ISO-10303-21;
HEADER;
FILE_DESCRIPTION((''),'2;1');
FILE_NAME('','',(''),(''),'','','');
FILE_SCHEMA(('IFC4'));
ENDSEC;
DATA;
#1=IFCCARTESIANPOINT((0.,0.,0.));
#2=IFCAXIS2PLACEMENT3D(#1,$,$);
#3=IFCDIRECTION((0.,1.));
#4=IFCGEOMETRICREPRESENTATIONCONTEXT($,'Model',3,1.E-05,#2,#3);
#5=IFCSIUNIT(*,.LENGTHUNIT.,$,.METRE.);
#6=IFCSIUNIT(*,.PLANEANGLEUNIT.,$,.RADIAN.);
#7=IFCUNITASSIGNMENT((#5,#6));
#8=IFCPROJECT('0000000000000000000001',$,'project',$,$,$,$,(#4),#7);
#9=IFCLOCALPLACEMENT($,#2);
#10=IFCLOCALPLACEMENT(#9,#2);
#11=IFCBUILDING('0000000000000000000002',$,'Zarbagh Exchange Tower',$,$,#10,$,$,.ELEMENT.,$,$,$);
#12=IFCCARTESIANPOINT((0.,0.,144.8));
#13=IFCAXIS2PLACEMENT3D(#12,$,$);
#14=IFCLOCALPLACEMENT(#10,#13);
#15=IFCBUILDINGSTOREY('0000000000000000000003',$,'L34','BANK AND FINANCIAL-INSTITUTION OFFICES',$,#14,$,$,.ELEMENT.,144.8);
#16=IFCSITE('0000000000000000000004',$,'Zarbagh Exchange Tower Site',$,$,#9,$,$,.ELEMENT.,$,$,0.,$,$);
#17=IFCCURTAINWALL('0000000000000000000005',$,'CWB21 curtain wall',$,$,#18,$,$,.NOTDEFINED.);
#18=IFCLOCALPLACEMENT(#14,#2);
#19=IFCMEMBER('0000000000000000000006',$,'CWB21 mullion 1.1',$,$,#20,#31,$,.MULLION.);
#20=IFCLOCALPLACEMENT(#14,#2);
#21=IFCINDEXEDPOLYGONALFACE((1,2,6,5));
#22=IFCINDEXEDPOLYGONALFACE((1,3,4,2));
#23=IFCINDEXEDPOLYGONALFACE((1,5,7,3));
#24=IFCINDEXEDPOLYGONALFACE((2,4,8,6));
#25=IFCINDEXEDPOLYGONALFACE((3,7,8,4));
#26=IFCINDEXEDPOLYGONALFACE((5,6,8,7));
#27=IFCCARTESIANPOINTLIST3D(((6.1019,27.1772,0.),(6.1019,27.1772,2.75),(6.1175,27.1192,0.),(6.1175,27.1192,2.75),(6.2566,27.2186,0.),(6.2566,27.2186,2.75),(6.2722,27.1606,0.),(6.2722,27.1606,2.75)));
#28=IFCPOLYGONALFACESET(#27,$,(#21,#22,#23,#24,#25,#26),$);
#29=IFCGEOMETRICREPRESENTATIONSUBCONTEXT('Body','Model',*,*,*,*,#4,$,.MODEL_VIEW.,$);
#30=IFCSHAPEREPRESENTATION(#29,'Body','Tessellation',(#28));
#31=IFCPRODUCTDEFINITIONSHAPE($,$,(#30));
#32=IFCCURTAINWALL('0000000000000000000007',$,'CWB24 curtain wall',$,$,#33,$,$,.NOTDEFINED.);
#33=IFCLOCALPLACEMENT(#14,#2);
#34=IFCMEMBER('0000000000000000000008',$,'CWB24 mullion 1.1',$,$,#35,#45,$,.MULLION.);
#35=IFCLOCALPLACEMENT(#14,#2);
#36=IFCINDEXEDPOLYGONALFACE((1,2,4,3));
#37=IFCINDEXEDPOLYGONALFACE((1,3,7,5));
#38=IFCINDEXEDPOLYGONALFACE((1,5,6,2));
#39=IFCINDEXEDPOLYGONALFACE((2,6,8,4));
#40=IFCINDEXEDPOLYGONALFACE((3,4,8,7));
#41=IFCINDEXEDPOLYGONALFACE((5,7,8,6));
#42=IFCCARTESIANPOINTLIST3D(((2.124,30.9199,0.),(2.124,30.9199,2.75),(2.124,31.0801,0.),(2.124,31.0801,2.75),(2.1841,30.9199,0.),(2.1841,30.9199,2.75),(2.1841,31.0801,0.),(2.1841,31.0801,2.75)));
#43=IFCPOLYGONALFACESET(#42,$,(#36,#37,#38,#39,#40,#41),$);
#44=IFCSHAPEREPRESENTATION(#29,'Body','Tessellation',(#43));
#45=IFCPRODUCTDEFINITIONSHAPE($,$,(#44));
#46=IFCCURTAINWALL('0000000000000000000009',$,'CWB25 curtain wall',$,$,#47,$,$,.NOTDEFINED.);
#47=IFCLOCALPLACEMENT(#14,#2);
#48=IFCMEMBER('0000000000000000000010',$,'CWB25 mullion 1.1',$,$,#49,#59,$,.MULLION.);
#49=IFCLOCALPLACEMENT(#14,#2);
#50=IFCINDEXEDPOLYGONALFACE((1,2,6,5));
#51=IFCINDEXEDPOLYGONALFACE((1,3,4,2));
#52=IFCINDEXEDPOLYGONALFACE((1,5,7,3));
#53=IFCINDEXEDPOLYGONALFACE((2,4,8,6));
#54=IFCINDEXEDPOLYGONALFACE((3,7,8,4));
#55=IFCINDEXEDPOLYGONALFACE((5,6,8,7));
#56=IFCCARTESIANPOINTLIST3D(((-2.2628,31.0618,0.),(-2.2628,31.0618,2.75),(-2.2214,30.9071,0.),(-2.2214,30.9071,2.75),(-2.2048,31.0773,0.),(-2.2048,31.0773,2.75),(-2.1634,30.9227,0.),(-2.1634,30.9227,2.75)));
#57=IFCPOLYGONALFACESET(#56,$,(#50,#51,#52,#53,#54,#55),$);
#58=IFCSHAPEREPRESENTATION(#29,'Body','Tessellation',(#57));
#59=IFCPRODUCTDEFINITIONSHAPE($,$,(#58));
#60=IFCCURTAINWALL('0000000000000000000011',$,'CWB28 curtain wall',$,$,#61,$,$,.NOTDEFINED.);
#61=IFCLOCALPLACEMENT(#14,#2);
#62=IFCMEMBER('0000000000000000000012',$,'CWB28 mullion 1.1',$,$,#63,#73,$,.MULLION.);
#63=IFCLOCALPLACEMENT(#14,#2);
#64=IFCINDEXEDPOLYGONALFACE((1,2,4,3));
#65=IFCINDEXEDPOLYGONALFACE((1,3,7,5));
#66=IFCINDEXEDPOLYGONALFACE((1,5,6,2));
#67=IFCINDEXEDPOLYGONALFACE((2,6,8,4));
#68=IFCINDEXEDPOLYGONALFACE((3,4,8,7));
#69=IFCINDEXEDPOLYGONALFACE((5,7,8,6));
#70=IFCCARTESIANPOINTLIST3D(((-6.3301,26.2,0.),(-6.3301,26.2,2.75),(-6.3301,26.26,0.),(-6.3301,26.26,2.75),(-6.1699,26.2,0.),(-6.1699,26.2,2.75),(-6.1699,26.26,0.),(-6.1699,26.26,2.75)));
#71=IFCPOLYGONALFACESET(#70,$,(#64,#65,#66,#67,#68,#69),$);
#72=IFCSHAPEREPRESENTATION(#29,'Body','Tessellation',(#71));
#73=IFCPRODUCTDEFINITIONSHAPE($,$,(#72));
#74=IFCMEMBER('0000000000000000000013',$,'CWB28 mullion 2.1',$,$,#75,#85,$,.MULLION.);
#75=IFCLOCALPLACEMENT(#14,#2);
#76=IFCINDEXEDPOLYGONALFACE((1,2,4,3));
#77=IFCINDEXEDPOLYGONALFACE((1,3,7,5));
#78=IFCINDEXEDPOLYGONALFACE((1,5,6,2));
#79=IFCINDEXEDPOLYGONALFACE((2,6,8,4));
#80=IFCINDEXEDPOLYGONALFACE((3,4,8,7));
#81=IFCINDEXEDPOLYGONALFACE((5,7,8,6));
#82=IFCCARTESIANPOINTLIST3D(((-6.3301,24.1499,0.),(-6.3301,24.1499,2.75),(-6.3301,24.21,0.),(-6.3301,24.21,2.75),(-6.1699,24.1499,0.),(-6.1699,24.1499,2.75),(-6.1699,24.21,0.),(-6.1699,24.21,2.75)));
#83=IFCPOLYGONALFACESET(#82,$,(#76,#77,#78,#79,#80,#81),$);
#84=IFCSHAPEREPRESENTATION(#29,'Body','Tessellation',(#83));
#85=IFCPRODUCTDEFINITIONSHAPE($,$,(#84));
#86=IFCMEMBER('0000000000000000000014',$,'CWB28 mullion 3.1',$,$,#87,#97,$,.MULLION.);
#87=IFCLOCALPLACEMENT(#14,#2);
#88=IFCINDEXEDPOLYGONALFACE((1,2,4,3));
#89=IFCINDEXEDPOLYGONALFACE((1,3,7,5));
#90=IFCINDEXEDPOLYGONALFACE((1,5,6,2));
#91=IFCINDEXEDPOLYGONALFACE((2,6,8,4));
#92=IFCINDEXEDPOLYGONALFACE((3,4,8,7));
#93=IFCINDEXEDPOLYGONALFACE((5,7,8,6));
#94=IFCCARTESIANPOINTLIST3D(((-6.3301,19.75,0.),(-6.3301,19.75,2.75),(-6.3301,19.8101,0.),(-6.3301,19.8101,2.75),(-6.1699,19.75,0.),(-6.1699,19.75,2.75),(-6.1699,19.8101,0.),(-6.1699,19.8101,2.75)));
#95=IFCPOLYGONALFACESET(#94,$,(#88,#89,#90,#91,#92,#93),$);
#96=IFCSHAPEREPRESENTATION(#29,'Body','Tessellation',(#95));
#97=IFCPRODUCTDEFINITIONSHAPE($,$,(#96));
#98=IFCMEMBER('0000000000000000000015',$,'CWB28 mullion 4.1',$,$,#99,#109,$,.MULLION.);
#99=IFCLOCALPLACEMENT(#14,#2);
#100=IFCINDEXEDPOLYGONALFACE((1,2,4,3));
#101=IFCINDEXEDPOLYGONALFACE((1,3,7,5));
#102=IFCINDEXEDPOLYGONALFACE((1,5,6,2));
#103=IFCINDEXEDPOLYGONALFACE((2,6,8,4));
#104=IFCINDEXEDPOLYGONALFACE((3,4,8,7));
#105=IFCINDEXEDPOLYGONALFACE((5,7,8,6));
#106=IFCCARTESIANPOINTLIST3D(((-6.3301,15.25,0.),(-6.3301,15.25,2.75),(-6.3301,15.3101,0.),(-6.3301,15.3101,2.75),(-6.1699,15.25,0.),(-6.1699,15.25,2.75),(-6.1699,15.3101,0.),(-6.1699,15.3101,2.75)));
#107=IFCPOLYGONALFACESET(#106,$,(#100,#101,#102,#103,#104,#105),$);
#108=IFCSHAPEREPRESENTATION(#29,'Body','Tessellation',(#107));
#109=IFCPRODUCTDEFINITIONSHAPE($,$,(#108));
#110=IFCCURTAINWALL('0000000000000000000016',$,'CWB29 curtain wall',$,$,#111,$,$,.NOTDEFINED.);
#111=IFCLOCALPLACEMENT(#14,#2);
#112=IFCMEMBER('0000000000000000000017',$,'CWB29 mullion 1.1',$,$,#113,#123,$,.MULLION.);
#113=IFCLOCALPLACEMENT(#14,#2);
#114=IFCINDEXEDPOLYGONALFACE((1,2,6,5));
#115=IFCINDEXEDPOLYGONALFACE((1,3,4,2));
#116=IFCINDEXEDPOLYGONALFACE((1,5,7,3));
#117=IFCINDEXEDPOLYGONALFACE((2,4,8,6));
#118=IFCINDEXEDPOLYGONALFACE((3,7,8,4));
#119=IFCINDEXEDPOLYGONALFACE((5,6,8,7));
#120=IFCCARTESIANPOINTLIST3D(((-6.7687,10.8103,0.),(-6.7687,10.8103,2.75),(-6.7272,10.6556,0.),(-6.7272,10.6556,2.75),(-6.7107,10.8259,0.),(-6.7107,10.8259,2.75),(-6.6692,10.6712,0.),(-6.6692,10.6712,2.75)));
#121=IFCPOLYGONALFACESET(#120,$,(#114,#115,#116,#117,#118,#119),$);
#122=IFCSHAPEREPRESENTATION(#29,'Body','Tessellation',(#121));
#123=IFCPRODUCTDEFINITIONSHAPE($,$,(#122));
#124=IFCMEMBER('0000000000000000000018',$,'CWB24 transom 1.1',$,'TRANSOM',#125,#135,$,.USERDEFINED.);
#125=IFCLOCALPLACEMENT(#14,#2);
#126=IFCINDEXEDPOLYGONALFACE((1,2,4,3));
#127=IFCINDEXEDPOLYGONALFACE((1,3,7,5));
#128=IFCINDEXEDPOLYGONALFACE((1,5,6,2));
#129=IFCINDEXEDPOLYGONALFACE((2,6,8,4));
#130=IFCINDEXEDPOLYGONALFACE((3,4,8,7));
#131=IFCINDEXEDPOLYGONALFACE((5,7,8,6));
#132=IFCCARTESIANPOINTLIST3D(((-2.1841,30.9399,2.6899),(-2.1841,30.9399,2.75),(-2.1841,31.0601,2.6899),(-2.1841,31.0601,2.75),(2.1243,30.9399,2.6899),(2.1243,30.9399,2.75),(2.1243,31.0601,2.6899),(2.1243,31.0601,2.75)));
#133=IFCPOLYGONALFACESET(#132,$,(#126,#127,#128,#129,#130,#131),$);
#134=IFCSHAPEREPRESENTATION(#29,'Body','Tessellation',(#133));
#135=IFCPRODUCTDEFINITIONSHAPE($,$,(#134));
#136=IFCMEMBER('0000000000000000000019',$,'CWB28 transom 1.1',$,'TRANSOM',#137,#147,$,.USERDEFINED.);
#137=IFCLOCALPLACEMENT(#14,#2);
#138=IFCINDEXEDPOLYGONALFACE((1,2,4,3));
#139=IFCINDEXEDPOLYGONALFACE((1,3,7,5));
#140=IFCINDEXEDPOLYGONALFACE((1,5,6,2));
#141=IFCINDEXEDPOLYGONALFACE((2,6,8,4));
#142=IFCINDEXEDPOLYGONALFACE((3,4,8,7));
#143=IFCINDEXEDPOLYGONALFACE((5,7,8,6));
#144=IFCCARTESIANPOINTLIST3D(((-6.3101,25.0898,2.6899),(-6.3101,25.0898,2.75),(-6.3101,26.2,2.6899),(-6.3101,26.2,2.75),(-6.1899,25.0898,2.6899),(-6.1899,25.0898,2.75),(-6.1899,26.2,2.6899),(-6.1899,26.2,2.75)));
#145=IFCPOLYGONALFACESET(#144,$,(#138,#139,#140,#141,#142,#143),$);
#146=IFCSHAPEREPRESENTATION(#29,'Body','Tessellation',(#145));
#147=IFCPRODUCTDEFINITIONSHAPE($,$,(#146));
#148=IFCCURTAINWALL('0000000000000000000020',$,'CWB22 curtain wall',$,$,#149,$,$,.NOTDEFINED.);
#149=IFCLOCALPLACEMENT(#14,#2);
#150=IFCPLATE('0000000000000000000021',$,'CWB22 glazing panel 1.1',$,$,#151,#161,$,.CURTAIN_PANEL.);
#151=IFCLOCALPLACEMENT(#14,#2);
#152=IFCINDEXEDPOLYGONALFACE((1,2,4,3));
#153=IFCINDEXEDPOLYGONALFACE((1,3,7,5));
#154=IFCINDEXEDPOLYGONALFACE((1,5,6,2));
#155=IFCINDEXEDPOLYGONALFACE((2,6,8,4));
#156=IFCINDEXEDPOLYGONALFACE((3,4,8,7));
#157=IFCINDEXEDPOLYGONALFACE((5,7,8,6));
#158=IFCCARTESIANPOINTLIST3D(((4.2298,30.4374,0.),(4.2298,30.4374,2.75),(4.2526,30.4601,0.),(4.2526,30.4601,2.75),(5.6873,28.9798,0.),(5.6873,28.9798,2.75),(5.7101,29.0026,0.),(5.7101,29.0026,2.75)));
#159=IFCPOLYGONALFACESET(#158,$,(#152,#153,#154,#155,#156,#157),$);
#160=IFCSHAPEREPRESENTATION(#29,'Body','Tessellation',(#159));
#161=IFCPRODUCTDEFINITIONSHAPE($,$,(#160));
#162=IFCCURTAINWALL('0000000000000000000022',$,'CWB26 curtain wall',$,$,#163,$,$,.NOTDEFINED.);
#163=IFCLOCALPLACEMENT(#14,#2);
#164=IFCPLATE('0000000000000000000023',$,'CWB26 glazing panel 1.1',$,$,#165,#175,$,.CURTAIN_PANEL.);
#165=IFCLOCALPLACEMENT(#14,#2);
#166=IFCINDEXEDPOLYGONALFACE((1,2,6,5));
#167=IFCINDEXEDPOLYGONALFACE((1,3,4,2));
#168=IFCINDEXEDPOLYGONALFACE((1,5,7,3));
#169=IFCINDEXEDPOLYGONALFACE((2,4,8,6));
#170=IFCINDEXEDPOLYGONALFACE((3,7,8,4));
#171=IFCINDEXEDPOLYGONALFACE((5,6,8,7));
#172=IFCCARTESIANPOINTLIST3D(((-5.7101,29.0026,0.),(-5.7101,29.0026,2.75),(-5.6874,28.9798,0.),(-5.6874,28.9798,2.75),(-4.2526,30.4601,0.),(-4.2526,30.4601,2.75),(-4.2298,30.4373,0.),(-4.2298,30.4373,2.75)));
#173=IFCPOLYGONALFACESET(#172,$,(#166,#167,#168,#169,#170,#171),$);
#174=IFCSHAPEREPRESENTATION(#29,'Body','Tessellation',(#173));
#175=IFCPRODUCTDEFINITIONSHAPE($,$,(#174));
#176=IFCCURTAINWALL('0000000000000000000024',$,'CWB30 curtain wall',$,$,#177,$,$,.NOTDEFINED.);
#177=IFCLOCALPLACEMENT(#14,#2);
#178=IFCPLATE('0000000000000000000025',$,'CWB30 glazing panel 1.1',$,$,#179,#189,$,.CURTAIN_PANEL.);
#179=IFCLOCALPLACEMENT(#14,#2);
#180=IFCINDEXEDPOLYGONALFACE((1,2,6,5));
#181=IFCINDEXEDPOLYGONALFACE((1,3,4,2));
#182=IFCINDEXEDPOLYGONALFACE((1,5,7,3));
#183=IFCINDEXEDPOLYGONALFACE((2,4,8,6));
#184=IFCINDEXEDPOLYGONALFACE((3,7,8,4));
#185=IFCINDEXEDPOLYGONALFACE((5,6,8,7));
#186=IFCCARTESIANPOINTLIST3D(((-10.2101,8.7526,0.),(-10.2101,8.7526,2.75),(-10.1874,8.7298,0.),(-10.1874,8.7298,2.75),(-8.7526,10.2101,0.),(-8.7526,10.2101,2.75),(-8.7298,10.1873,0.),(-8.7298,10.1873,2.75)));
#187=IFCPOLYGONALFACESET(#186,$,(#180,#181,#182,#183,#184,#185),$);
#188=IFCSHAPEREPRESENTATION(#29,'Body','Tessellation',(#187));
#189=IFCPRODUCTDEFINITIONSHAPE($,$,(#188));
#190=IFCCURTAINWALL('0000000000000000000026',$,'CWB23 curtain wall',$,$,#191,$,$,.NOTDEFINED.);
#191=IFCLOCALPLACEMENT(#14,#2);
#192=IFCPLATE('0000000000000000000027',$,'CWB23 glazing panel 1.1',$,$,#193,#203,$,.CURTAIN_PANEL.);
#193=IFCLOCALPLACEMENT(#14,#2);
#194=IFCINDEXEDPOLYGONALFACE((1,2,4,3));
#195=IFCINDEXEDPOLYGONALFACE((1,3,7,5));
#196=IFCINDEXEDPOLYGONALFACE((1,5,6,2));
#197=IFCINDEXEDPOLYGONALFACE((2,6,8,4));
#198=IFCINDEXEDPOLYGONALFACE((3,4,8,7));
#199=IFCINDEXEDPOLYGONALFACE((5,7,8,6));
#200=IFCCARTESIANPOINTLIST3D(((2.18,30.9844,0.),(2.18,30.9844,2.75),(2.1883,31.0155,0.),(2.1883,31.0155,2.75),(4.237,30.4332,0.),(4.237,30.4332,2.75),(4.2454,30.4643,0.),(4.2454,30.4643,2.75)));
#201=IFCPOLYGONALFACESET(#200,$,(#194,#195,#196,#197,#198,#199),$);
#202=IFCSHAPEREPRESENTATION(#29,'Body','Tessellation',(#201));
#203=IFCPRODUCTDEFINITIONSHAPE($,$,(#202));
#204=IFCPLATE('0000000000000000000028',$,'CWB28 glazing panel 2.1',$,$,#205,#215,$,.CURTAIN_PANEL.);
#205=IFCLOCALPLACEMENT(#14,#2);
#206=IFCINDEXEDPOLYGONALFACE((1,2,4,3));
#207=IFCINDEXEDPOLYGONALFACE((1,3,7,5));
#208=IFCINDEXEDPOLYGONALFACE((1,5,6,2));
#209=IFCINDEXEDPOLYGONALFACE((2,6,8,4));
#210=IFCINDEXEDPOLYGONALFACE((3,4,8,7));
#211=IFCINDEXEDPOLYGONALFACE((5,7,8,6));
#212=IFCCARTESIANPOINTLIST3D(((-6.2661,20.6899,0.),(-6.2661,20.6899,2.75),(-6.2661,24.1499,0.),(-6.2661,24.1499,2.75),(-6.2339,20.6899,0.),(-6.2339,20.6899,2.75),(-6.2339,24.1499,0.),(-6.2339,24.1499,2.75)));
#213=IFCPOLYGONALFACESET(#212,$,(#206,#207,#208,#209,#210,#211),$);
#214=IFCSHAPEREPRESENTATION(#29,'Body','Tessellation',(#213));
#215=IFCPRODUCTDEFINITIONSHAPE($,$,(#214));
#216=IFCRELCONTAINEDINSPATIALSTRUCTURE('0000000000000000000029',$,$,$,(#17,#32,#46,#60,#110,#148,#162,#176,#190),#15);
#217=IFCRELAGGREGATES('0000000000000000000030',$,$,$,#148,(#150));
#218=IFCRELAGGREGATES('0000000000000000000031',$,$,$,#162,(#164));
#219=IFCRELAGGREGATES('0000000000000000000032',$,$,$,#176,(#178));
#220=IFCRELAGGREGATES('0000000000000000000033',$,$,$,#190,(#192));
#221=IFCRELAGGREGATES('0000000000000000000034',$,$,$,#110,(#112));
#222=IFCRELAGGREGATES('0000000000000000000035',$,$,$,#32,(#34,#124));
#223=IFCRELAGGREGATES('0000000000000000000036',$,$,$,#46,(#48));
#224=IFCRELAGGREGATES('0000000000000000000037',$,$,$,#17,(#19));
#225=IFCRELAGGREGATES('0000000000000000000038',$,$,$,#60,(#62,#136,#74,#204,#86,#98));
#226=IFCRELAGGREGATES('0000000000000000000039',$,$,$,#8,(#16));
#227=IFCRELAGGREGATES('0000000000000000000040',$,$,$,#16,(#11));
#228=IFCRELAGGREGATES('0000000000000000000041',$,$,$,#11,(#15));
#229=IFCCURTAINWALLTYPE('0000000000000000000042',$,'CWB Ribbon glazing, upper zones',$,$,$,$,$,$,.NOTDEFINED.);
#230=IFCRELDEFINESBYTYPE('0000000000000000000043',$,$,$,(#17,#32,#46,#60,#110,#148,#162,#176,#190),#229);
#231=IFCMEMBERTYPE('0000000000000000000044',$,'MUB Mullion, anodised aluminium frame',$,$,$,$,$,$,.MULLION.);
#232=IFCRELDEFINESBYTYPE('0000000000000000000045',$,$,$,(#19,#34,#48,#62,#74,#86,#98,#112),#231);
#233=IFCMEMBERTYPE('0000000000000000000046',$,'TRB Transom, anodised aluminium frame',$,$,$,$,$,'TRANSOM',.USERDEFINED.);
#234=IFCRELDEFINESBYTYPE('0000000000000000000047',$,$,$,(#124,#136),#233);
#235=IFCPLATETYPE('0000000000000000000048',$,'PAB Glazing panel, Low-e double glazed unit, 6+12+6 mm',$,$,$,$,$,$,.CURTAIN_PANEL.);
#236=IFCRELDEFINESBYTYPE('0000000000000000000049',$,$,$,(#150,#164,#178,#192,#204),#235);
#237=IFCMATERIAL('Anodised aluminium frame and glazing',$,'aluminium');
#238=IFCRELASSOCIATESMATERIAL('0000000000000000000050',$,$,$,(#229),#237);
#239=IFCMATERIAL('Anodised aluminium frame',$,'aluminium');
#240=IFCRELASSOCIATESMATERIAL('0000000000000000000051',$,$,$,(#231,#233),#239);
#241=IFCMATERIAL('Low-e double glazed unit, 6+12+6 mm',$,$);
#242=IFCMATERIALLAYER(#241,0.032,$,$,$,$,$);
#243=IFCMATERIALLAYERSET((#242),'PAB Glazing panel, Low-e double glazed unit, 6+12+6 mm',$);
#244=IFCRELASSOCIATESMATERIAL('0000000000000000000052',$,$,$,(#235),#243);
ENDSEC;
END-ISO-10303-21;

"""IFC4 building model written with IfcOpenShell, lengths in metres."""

from ifc_helpers import new_model, si_unit, direction, frame, origin, place, context, subcontext, project, spatial, polyline, outline, extrude, source, transform, mapped, material, layer, layer_set, type_object, element, aggregate, save


model = new_model("IFC4")

# Units and contexts
model_context = context("Model", 3, precision=1e-05, world=origin(), true_north=direction((0.0, 1.0)))
body_context = subcontext(model_context, "Body", "Model", "MODEL_VIEW")
ifc_project = project(units=[si_unit("LENGTHUNIT", "METRE"), si_unit("PLANEANGLEUNIT", "RADIAN")], contexts=[model_context])

# Site, building, storey
site_placement = place(None, origin())
site = spatial("IfcSite", under=ifc_project, at=site_placement, Name="Zarbagh Exchange Tower Site", CompositionType="ELEMENT", RefElevation=0.0)
building_placement = place(site_placement, origin())
building = spatial("IfcBuilding", under=site, at=building_placement, Name="Zarbagh Exchange Tower", CompositionType="ELEMENT")
storey_placement = place(building_placement, frame((0.0, 0.0, 144.8)))
storey = spatial("IfcBuildingStorey", under=building, at=storey_placement, Name="L34", Description="BANK AND FINANCIAL-INSTITUTION OFFICES", CompositionType="ELEMENT", Elevation=144.8)

# Curtain walls, members
ifc_material_1 = material(Name="Anodised aluminium frame and glazing", Category="aluminium")
curtain_wall_type = type_object("IfcCurtainWallType", Name="CWB Ribbon glazing, upper zones", PredefinedType="NOTDEFINED", material=ifc_material_1)
curtain_wall_1_placement = place(storey_placement, origin())
curtain_wall_1 = element("IfcCurtainWall", 1, at=curtain_wall_1_placement, inside=storey, type_object=curtain_wall_type, Name="CWB21 curtain wall", PredefinedType="NOTDEFINED")
ifc_material_2 = material(Name="Anodised aluminium frame", Category="aluminium")
member_type_1 = type_object("IfcMemberType", Name="MUB Mullion, anodised aluminium frame", PredefinedType="MULLION", material=ifc_material_2)
shared_shape_1 = source(origin(), body_context, "Body", "SweptSolid", [
    extrude(outline(polyline([(0.0, -0.0801), (0.0601, -0.0801), (0.0601, 0.0801), (0.0, 0.0801), (0.0, -0.0801)])), origin(), (0.0, 0.0, 1.0), 2.75),
])
placement = place(storey_placement, origin())
member_1 = element("IfcMember", 2, at=placement, type_object=member_type_1, Name="CWB21 mullion 1.1", PredefinedType="MULLION", context=body_context, shape_type="MappedRepresentation", body=[
    mapped(shared_shape_1, transform((6.1948, 27.1399, 0.0), x_axis=(-0.258825, 0.965924, 0.0), y_axis=(-0.965924, -0.258825, 0.0), z_axis=(0.0, 0.0, 1.0))),
])
curtain_wall_2_placement = place(storey_placement, origin())
curtain_wall_2 = element("IfcCurtainWall", 3, at=curtain_wall_2_placement, inside=storey, type_object=curtain_wall_type, Name="CWB24 curtain wall", PredefinedType="NOTDEFINED")
member_2 = element("IfcMember", 4, at=placement, type_object=member_type_1, Name="CWB24 mullion 1.1", PredefinedType="MULLION", context=body_context, shape_type="MappedRepresentation", body=[
    mapped(shared_shape_1, transform((2.1841, 31.0, 0.0), x_axis=(-1.0, 0.0, 0.0), y_axis=(0.0, -1.0, 0.0), z_axis=(0.0, 0.0, 1.0))),
])
curtain_wall_3_placement = place(storey_placement, origin())
curtain_wall_3 = element("IfcCurtainWall", 5, at=curtain_wall_3_placement, inside=storey, type_object=curtain_wall_type, Name="CWB25 curtain wall", PredefinedType="NOTDEFINED")
member_3 = element("IfcMember", 6, at=placement, type_object=member_type_1, Name="CWB25 mullion 1.1", PredefinedType="MULLION", context=body_context, shape_type="MappedRepresentation", body=[
    mapped(shared_shape_1, transform((-2.1841, 31.0, 0.0), x_axis=(-0.965924, -0.258825, 0.0), y_axis=(0.258825, -0.965924, 0.0), z_axis=(0.0, 0.0, 1.0))),
])

# Curtain wall, members
curtain_wall_4_placement = place(storey_placement, origin())
curtain_wall_4 = element("IfcCurtainWall", 7, at=curtain_wall_4_placement, inside=storey, type_object=curtain_wall_type, Name="CWB28 curtain wall", PredefinedType="NOTDEFINED")
member_4 = element("IfcMember", 8, at=placement, type_object=member_type_1, Name="CWB28 mullion 1.1", PredefinedType="MULLION", context=body_context, shape_type="MappedRepresentation", body=[
    mapped(shared_shape_1, transform((-6.25, 26.26, 0.0), x_axis=(0.0, -1.0, 0.0), y_axis=(1.0, 0.0, 0.0), z_axis=(0.0, 0.0, 1.0))),
])
member_5 = element("IfcMember", 9, at=placement, type_object=member_type_1, Name="CWB28 mullion 2.1", PredefinedType="MULLION", context=body_context, shape_type="MappedRepresentation", body=[
    mapped(shared_shape_1, transform((-6.25, 24.21, 0.0), x_axis=(0.0, -1.0, 0.0), y_axis=(1.0, 0.0, 0.0), z_axis=(0.0, 0.0, 1.0))),
])
member_6 = element("IfcMember", 10, at=placement, type_object=member_type_1, Name="CWB28 mullion 3.1", PredefinedType="MULLION", context=body_context, shape_type="MappedRepresentation", body=[
    mapped(shared_shape_1, transform((-6.25, 19.8101, 0.0), x_axis=(0.0, -1.0, 0.0), y_axis=(1.0, 0.0, 0.0), z_axis=(0.0, 0.0, 1.0))),
])
member_7 = element("IfcMember", 11, at=placement, type_object=member_type_1, Name="CWB28 mullion 4.1", PredefinedType="MULLION", context=body_context, shape_type="MappedRepresentation", body=[
    mapped(shared_shape_1, transform((-6.25, 15.3101, 0.0), x_axis=(0.0, -1.0, 0.0), y_axis=(1.0, 0.0, 0.0), z_axis=(0.0, 0.0, 1.0))),
])

# Curtain wall, member
curtain_wall_5_placement = place(storey_placement, origin())
curtain_wall_5 = element("IfcCurtainWall", 12, at=curtain_wall_5_placement, inside=storey, type_object=curtain_wall_type, Name="CWB29 curtain wall", PredefinedType="NOTDEFINED")
member_8 = element("IfcMember", 13, at=placement, type_object=member_type_1, Name="CWB29 mullion 1.1", PredefinedType="MULLION", context=body_context, shape_type="MappedRepresentation", body=[
    mapped(shared_shape_1, transform((-6.6899, 10.7485, 0.0), x_axis=(-0.965924, -0.258825, 0.0), y_axis=(0.258825, -0.965924, 0.0), z_axis=(0.0, 0.0, 1.0))),
])

# Members
member_type_2 = type_object("IfcMemberType", Name="TRB Transom, anodised aluminium frame", ElementType="TRANSOM", PredefinedType="USERDEFINED", material=ifc_material_2)
shared_shape_2 = source(origin(), body_context, "Body", "SweptSolid", [
    extrude(outline(polyline([(-0.0601, -0.0601), (0.0, -0.0601), (0.0, 0.0601), (-0.0601, 0.0601), (-0.0601, -0.0601)])), origin(), (0.0, 0.0, 1.0), 4.3083),
])
member_9 = element("IfcMember", 14, at=placement, type_object=member_type_2, Name="CWB24 transom 1.1", ObjectType="TRANSOM", PredefinedType="USERDEFINED", context=body_context, shape_type="MappedRepresentation", body=[
    mapped(shared_shape_2, transform((2.1243, 31.0, 2.75), x_axis=(0.0, 0.0, 1.0), y_axis=(0.0, 1.0, 0.0), z_axis=(-1.0, 0.0, 0.0))),
])
shared_shape_3 = source(origin(), body_context, "Body", "SweptSolid", [
    extrude(outline(polyline([(-0.0601, -0.0601), (0.0, -0.0601), (0.0, 0.0601), (-0.0601, 0.0601), (-0.0601, -0.0601)])), origin(), (0.0, 0.0, 1.0), 1.1101),
])
member_10 = element("IfcMember", 15, at=placement, type_object=member_type_2, Name="CWB28 transom 1.1", ObjectType="TRANSOM", PredefinedType="USERDEFINED", context=body_context, shape_type="MappedRepresentation", body=[
    mapped(shared_shape_3, transform((-6.25, 26.2, 2.75), x_axis=(0.0, 0.0, 1.0), y_axis=(-1.0, 0.0, 0.0), z_axis=(0.0, -1.0, 0.0))),
])

# Curtain walls, plates
curtain_wall_6_placement = place(storey_placement, origin())
curtain_wall_6 = element("IfcCurtainWall", 16, at=curtain_wall_6_placement, inside=storey, type_object=curtain_wall_type, Name="CWB22 curtain wall", PredefinedType="NOTDEFINED")
ifc_material_3 = material(Name="Low-e double glazed unit, 6+12+6 mm")
ifc_layer = layer(ifc_material_3, 0.032)
ifc_layer_set = layer_set([ifc_layer], Name="PAB Glazing panel, Low-e double glazed unit, 6+12+6 mm")
plate_type = type_object("IfcPlateType", Name="PAB Glazing panel, Low-e double glazed unit, 6+12+6 mm", PredefinedType="CURTAIN_PANEL", material=ifc_layer_set)
shared_shape_4 = source(origin(), body_context, "Body", "SweptSolid", [
    extrude(outline(polyline([(0.0, -0.0161), (2.0613, -0.0161), (2.0613, 0.0161), (0.0, 0.0161), (0.0, -0.0161)])), origin(), (0.0, 0.0, 1.0), 2.75),
])
plate_1 = element("IfcPlate", 17, at=placement, type_object=plate_type, Name="CWB22 glazing panel 1.1", PredefinedType="CURTAIN_PANEL", context=body_context, shape_type="MappedRepresentation", body=[
    mapped(shared_shape_4, transform((5.6987, 28.9912, 0.0), x_axis=(-0.707107, 0.707107, 0.0), y_axis=(-0.707107, -0.707107, 0.0), z_axis=(0.0, 0.0, 1.0))),
])
aggregate(curtain_wall_6, [plate_1])
curtain_wall_7_placement = place(storey_placement, origin())
curtain_wall_7 = element("IfcCurtainWall", 18, at=curtain_wall_7_placement, inside=storey, type_object=curtain_wall_type, Name="CWB26 curtain wall", PredefinedType="NOTDEFINED")
plate_2 = element("IfcPlate", 19, at=placement, type_object=plate_type, Name="CWB26 glazing panel 1.1", PredefinedType="CURTAIN_PANEL", context=body_context, shape_type="MappedRepresentation", body=[
    mapped(shared_shape_4, transform((-4.2412, 30.4487, 0.0), x_axis=(-0.707107, -0.707107, 0.0), y_axis=(0.707107, -0.707107, 0.0), z_axis=(0.0, 0.0, 1.0))),
])
aggregate(curtain_wall_7, [plate_2])
curtain_wall_8_placement = place(storey_placement, origin())
curtain_wall_8 = element("IfcCurtainWall", 20, at=curtain_wall_8_placement, inside=storey, type_object=curtain_wall_type, Name="CWB30 curtain wall", PredefinedType="NOTDEFINED")
plate_3 = element("IfcPlate", 21, at=placement, type_object=plate_type, Name="CWB30 glazing panel 1.1", PredefinedType="CURTAIN_PANEL", context=body_context, shape_type="MappedRepresentation", body=[
    mapped(shared_shape_4, transform((-8.7412, 10.1987, 0.0), x_axis=(-0.707107, -0.707107, 0.0), y_axis=(0.707107, -0.707107, 0.0), z_axis=(0.0, 0.0, 1.0))),
])
aggregate(curtain_wall_8, [plate_3])
curtain_wall_9_placement = place(storey_placement, origin())
curtain_wall_9 = element("IfcCurtainWall", 22, at=curtain_wall_9_placement, inside=storey, type_object=curtain_wall_type, Name="CWB23 curtain wall", PredefinedType="NOTDEFINED")
shared_shape_5 = source(origin(), body_context, "Body", "SweptSolid", [
    extrude(outline(polyline([(0.0, -0.0161), (2.1296, -0.0161), (2.1296, 0.0161), (0.0, 0.0161), (0.0, -0.0161)])), origin(), (0.0, 0.0, 1.0), 2.75),
])
plate_4 = element("IfcPlate", 23, at=placement, type_object=plate_type, Name="CWB23 glazing panel 1.1", PredefinedType="CURTAIN_PANEL", context=body_context, shape_type="MappedRepresentation", body=[
    mapped(shared_shape_5, transform((4.2412, 30.4487, 0.0), x_axis=(-0.965924, 0.258825, 0.0), y_axis=(-0.258825, -0.965924, 0.0), z_axis=(0.0, 0.0, 1.0))),
])
aggregate(curtain_wall_9, [plate_4])

# Plate
shared_shape_6 = source(origin(), body_context, "Body", "SweptSolid", [
    extrude(outline(polyline([(0.0, -0.0161), (3.46, -0.0161), (3.46, 0.0161), (0.0, 0.0161), (0.0, -0.0161)])), origin(), (0.0, 0.0, 1.0), 2.75),
])
plate_5 = element("IfcPlate", 24, at=placement, type_object=plate_type, Name="CWB28 glazing panel 2.1", PredefinedType="CURTAIN_PANEL", context=body_context, shape_type="MappedRepresentation", body=[
    mapped(shared_shape_6, transform((-6.25, 24.1499, 0.0), x_axis=(0.0, -1.0, 0.0), y_axis=(1.0, 0.0, 0.0), z_axis=(0.0, 0.0, 1.0))),
])
aggregate(curtain_wall_5, [member_8])

aggregate(curtain_wall_2, [member_2, member_9])
aggregate(curtain_wall_3, [member_3])
aggregate(curtain_wall_1, [member_1])

aggregate(curtain_wall_4, [member_4, member_10, member_5, plate_5, member_6, member_7])

save(model, "model.ifc")
